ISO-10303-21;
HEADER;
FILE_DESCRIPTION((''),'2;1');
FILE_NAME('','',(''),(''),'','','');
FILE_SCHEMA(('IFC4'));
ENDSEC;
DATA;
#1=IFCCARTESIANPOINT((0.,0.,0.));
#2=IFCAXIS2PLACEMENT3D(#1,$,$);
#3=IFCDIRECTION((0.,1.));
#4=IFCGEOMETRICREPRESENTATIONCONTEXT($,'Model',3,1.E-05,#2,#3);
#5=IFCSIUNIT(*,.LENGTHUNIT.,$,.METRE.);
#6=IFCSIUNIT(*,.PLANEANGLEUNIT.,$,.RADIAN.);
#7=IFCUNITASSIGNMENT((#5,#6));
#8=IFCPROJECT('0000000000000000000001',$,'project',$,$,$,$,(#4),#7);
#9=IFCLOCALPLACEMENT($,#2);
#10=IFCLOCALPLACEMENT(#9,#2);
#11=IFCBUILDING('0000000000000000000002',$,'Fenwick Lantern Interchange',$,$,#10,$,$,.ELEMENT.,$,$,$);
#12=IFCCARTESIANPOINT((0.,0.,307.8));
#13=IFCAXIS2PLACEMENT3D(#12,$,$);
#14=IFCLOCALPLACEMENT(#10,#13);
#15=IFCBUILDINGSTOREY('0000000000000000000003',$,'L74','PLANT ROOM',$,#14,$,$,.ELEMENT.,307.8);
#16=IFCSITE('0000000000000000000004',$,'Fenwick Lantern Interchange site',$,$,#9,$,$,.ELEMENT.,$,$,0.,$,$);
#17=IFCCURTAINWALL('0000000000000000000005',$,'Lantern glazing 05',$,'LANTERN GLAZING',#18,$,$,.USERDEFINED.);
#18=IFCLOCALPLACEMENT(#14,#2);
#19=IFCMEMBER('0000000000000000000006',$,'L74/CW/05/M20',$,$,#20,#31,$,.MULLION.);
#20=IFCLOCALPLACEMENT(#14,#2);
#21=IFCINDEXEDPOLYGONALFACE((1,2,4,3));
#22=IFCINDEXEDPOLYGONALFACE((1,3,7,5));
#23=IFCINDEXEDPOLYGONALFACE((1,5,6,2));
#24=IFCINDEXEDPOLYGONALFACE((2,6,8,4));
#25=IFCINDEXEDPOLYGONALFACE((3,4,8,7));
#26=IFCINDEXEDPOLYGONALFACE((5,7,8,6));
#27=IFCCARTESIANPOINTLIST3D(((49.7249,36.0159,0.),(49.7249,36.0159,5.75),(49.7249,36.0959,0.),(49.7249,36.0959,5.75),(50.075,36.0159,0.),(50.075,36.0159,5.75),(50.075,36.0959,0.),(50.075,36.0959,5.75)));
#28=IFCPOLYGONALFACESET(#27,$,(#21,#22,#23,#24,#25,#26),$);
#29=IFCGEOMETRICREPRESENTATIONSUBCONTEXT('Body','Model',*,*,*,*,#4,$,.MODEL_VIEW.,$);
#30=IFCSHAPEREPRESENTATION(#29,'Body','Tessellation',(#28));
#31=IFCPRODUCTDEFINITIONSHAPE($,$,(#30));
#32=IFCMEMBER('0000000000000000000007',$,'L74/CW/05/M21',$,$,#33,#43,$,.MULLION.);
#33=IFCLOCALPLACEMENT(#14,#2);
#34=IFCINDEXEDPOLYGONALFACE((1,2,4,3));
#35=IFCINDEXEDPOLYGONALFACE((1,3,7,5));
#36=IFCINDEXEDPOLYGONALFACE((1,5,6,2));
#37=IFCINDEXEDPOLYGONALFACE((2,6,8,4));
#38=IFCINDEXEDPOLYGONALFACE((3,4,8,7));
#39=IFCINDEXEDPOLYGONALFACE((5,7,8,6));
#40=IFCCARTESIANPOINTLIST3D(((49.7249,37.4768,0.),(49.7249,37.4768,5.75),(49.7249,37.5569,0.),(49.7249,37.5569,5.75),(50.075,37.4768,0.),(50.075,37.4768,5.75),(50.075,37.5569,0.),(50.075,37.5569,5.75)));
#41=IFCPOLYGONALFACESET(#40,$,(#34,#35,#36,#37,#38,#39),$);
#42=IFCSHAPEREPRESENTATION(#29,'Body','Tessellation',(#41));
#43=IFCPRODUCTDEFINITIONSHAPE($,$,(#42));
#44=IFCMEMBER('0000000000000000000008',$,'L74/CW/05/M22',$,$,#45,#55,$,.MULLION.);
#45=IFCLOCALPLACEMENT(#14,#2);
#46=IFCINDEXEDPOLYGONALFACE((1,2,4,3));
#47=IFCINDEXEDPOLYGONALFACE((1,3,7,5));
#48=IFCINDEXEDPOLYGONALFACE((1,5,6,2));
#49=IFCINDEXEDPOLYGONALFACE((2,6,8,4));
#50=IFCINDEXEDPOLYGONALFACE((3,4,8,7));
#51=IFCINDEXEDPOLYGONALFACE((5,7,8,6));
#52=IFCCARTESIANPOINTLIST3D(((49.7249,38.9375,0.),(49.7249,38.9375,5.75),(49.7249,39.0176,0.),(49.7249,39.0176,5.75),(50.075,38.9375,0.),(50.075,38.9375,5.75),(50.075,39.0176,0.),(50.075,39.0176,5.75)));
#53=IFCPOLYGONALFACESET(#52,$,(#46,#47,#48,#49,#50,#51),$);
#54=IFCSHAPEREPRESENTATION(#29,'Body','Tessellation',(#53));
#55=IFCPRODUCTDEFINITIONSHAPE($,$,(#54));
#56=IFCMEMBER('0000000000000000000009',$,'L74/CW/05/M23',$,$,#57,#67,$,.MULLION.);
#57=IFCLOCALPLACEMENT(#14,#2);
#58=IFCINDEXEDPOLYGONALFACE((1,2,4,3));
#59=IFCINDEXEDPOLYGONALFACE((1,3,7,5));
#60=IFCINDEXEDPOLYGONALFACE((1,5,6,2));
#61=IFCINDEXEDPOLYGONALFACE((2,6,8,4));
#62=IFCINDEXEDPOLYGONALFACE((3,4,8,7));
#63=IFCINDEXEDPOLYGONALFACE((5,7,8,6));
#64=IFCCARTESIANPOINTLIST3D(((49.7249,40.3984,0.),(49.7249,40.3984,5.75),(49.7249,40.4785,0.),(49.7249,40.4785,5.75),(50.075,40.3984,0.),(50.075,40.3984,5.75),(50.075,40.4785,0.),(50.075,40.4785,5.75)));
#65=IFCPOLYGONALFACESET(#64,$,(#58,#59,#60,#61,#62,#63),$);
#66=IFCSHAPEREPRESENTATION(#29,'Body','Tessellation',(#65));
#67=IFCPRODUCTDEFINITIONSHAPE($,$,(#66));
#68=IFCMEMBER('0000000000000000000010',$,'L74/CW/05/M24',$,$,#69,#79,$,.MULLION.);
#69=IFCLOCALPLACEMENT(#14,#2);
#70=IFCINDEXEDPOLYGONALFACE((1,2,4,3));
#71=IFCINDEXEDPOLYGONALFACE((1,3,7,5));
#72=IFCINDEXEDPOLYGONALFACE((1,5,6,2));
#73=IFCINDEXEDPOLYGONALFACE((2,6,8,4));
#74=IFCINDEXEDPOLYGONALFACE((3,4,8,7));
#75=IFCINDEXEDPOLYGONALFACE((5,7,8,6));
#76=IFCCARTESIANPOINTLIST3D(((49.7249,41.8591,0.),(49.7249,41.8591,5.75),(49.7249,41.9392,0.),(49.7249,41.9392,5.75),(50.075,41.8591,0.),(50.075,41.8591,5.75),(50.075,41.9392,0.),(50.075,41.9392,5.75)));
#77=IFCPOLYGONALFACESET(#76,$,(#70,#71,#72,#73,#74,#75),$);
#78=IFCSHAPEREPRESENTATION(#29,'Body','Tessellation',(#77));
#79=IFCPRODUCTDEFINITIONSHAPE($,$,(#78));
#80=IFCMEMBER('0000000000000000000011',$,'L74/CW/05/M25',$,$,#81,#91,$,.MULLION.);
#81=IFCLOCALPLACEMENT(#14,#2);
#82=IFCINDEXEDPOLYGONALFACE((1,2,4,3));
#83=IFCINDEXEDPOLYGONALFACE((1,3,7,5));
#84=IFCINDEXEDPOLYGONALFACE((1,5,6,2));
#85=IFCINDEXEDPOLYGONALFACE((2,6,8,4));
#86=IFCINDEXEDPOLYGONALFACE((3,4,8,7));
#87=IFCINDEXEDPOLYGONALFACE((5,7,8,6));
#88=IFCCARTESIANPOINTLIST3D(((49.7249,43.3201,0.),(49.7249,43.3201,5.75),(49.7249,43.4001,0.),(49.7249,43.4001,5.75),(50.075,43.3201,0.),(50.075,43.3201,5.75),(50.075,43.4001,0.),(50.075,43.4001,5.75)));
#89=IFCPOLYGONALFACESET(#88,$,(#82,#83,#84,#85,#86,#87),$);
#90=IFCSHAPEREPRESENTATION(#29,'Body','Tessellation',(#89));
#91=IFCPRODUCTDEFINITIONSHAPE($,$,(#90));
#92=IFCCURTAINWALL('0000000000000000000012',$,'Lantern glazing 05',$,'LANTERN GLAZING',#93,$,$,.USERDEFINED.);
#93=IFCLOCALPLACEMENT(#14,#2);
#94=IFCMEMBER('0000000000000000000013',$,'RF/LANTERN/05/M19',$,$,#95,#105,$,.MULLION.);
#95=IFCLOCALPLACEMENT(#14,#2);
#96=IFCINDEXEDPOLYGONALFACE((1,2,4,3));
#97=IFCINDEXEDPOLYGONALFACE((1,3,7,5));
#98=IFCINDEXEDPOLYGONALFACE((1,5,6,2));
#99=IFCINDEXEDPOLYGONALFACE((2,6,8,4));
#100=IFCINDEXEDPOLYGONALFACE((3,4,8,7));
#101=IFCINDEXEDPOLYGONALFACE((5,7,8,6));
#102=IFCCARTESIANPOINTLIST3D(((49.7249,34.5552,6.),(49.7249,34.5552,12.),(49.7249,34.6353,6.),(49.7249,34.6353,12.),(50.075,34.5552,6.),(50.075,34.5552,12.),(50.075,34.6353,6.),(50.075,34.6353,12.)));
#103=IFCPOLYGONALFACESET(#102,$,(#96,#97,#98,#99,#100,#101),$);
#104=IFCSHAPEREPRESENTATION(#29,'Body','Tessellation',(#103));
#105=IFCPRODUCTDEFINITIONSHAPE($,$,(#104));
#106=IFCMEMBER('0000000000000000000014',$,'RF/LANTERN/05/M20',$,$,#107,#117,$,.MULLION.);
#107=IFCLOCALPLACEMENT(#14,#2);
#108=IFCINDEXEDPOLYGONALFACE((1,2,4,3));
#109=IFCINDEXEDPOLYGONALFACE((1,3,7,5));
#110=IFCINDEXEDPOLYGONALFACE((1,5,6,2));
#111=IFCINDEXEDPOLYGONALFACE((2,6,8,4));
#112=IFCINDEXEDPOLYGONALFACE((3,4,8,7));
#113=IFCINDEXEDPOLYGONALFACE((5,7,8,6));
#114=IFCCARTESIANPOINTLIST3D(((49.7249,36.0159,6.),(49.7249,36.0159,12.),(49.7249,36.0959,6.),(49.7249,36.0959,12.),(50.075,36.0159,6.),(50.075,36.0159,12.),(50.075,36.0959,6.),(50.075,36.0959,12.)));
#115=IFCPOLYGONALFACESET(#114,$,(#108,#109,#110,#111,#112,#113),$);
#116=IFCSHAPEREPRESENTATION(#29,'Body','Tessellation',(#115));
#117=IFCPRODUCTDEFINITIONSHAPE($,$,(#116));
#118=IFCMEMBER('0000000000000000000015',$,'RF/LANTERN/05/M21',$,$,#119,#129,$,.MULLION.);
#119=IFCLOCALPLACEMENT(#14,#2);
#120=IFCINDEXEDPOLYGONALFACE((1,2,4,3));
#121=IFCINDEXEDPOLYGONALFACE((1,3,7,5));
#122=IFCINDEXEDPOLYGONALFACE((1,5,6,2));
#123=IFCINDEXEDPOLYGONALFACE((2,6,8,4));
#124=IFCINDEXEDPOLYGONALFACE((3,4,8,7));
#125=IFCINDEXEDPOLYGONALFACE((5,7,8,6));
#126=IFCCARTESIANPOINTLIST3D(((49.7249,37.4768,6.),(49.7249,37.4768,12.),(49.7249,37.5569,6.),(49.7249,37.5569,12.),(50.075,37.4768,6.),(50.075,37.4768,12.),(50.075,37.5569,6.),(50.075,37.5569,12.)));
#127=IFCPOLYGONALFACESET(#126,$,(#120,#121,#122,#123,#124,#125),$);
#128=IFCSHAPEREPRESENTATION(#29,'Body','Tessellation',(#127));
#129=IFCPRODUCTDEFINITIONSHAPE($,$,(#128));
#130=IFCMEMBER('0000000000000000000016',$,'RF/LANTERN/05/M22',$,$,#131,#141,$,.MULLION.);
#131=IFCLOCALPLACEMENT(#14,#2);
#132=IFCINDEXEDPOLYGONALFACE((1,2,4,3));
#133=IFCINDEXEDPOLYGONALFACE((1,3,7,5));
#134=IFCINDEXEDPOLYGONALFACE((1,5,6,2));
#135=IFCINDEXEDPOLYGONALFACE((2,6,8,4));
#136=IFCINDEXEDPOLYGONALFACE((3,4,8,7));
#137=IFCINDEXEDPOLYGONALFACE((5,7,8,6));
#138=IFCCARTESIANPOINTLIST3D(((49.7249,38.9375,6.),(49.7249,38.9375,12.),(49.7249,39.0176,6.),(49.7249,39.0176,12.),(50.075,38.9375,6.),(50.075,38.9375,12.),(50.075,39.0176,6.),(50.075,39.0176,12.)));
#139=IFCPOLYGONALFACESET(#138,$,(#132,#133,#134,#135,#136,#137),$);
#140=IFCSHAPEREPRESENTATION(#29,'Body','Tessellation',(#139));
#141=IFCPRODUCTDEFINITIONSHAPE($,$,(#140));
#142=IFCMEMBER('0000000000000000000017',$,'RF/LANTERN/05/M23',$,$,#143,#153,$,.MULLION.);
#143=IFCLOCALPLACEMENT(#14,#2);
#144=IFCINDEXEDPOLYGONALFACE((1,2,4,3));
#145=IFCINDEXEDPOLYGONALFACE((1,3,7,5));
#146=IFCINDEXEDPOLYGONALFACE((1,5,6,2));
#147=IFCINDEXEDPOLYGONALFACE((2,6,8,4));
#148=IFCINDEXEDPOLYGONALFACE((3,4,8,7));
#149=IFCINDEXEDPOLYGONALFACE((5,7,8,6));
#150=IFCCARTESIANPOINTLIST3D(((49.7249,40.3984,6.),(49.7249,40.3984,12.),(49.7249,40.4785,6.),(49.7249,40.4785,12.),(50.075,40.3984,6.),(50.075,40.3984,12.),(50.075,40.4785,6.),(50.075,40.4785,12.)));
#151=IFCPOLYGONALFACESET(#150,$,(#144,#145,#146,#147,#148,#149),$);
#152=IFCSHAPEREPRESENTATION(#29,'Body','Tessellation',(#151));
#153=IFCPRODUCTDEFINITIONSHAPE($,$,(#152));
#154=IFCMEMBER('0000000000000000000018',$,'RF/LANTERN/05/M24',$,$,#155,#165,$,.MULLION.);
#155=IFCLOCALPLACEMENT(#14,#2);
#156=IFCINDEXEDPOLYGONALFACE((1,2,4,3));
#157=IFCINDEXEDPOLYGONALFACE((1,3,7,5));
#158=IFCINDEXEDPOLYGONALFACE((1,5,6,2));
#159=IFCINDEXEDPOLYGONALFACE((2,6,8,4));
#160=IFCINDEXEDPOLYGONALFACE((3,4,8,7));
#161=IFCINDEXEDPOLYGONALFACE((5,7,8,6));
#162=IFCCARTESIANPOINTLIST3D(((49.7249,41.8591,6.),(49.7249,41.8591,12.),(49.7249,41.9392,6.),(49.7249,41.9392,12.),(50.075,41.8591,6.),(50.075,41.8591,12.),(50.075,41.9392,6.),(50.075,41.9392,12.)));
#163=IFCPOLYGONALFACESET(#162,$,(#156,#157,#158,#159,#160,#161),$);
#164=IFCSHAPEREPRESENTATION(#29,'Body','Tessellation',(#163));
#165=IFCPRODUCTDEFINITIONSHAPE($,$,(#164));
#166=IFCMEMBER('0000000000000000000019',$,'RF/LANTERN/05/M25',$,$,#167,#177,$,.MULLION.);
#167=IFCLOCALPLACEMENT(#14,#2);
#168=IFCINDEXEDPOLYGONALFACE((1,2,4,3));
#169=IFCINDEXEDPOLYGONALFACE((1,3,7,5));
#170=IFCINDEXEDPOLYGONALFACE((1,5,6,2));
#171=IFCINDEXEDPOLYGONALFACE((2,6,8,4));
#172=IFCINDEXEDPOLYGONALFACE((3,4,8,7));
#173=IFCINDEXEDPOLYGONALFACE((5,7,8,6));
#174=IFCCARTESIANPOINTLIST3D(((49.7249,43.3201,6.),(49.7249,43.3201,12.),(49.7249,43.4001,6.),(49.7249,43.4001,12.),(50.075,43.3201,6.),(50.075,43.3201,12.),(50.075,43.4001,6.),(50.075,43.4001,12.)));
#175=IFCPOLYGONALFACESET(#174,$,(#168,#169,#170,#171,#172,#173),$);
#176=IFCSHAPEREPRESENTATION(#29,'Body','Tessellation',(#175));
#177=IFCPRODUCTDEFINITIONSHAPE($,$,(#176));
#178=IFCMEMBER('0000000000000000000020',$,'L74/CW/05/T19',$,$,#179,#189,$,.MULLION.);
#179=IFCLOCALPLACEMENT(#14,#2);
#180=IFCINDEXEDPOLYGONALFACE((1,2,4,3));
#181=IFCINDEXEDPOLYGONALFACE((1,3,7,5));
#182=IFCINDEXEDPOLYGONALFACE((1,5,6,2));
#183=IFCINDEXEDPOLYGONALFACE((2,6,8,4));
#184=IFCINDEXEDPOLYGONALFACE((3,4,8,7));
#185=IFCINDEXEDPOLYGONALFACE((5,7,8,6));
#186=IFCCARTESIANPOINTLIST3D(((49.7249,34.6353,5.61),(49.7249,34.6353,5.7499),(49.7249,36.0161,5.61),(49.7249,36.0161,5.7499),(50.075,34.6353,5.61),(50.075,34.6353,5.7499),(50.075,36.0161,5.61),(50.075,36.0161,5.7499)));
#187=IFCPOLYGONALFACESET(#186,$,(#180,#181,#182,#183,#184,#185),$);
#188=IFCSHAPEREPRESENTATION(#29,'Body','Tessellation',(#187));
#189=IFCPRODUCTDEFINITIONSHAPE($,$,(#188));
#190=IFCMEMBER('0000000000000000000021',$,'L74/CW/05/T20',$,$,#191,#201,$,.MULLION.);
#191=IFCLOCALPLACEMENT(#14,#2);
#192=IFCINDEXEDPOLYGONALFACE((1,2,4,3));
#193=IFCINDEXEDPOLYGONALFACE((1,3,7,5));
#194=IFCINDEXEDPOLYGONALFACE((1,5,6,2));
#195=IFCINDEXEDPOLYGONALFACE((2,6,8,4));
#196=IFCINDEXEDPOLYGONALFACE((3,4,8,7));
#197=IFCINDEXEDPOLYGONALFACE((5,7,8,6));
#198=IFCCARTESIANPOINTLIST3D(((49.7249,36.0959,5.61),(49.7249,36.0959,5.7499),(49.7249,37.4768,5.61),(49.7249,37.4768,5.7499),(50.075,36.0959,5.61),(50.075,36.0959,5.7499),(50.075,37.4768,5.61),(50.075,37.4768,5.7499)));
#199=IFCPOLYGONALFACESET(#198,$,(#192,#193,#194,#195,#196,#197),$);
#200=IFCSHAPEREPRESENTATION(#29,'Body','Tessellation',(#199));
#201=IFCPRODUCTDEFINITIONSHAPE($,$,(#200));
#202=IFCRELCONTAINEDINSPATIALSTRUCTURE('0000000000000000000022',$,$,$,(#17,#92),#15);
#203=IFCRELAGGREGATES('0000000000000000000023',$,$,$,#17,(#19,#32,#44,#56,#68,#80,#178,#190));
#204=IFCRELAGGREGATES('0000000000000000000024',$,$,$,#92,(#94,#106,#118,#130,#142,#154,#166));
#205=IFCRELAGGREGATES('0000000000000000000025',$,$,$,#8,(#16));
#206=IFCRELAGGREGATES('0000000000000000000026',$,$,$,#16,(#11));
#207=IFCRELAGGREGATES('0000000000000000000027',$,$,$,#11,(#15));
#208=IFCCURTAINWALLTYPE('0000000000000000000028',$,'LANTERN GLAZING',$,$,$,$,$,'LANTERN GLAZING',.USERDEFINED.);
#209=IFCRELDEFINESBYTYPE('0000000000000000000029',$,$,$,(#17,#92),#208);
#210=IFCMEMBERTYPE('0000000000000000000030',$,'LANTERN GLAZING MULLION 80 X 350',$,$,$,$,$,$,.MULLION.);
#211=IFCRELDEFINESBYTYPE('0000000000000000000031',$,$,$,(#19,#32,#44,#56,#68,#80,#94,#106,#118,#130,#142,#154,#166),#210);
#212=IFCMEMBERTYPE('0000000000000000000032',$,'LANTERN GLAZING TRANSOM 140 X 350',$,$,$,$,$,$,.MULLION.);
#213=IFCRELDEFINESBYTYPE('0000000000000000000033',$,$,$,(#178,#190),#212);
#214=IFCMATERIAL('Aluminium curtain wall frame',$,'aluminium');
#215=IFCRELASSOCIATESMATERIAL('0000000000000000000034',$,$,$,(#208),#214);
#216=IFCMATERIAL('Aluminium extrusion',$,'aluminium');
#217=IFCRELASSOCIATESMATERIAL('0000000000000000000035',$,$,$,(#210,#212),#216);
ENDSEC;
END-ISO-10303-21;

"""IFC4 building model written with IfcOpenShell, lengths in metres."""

from ifc_helpers import new_model, si_unit, direction, frame, origin, origin_2d, place, context, subcontext, project, spatial, rectangle, extrude, material, material_profile, profile_set, type_object, element, aggregate, save


model = new_model("IFC4")

# Units and contexts
model_context = context("Model", 3, precision=1e-05, world=origin(), true_north=direction((0.0, 1.0)))
body_context = subcontext(model_context, "Body", "Model", "MODEL_VIEW")
ifc_project = project(units=[si_unit("LENGTHUNIT", "METRE"), si_unit("PLANEANGLEUNIT", "RADIAN")], contexts=[model_context])

# Site, building, storey
site_placement = place(None, origin())
site = spatial("IfcSite", under=ifc_project, at=site_placement, Name="Fenwick Lantern Interchange site", CompositionType="ELEMENT", RefElevation=0.0)
building_placement = place(site_placement, origin())
building = spatial("IfcBuilding", under=site, at=building_placement, Name="Fenwick Lantern Interchange", CompositionType="ELEMENT")
storey_placement = place(building_placement, frame((0.0, 0.0, 307.8)))
storey = spatial("IfcBuildingStorey", under=building, at=storey_placement, Name="L74", Description="PLANT ROOM", CompositionType="ELEMENT", Elevation=307.8)

# Curtain walls, members
ifc_material_1 = material(Name="Aluminium curtain wall frame", Category="aluminium")
curtain_wall_type = type_object("IfcCurtainWallType", Name="LANTERN GLAZING", ElementType="LANTERN GLAZING", PredefinedType="USERDEFINED", material=ifc_material_1)
curtain_wall_1_placement = place(storey_placement, origin())
curtain_wall_1 = element("IfcCurtainWall", 1, at=curtain_wall_1_placement, inside=storey, type_object=curtain_wall_type, Name="Lantern glazing 05", ObjectType="LANTERN GLAZING", PredefinedType="USERDEFINED")
ifc_material_2 = material(Name="Aluminium extrusion", Category="aluminium")
ifc_material_profile_1 = material_profile(ifc_material_2, rectangle(XDim=0.3501, YDim=0.0801, at=origin_2d()), Name="LANTERN GLAZING MULLION 80 X 350")
ifc_profile_set_1 = profile_set([ifc_material_profile_1], Name="Aluminium extrusion")
member_type_1 = type_object("IfcMemberType", Name="LANTERN GLAZING MULLION 80 X 350", PredefinedType="MULLION", material=ifc_profile_set_1)
member_1_placement = place(storey_placement, frame((49.8999, 36.0559, 0.0), z_axis=(0.0, 0.0, 1.0), x_axis=(-1.0, 0.0, 0.0)))
member_1 = element("IfcMember", 2, at=member_1_placement, type_object=member_type_1, Name="L74/CW/05/M20", PredefinedType="MULLION", context=body_context, shape_type="SweptSolid", body=[
    extrude(rectangle(XDim=0.3501, YDim=0.0801, at=origin_2d()), origin(), (0.0, 0.0, 1.0), 5.75),
])
member_2_placement = place(storey_placement, frame((49.8999, 37.5168, 0.0), z_axis=(0.0, 0.0, 1.0), x_axis=(-1.0, 0.0, 0.0)))
member_2 = element("IfcMember", 3, at=member_2_placement, type_object=member_type_1, Name="L74/CW/05/M21", PredefinedType="MULLION", context=body_context, shape_type="SweptSolid", body=[
    extrude(rectangle(XDim=0.3501, YDim=0.0801, at=origin_2d()), origin(), (0.0, 0.0, 1.0), 5.75),
])
member_3_placement = place(storey_placement, frame((49.8999, 38.9775, 0.0), z_axis=(0.0, 0.0, 1.0), x_axis=(-1.0, 0.0, 0.0)))
member_3 = element("IfcMember", 4, at=member_3_placement, type_object=member_type_1, Name="L74/CW/05/M22", PredefinedType="MULLION", context=body_context, shape_type="SweptSolid", body=[
    extrude(rectangle(XDim=0.3501, YDim=0.0801, at=origin_2d()), origin(), (0.0, 0.0, 1.0), 5.75),
])
member_4_placement = place(storey_placement, frame((49.8999, 40.4385, 0.0), z_axis=(0.0, 0.0, 1.0), x_axis=(-1.0, 0.0, 0.0)))
member_4 = element("IfcMember", 5, at=member_4_placement, type_object=member_type_1, Name="L74/CW/05/M23", PredefinedType="MULLION", context=body_context, shape_type="SweptSolid", body=[
    extrude(rectangle(XDim=0.3501, YDim=0.0801, at=origin_2d()), origin(), (0.0, 0.0, 1.0), 5.75),
])
member_5_placement = place(storey_placement, frame((49.8999, 41.8992, 0.0), z_axis=(0.0, 0.0, 1.0), x_axis=(-1.0, 0.0, 0.0)))
member_5 = element("IfcMember", 6, at=member_5_placement, type_object=member_type_1, Name="L74/CW/05/M24", PredefinedType="MULLION", context=body_context, shape_type="SweptSolid", body=[
    extrude(rectangle(XDim=0.3501, YDim=0.0801, at=origin_2d()), origin(), (0.0, 0.0, 1.0), 5.75),
])
member_6_placement = place(storey_placement, frame((49.8999, 43.3601, 0.0), z_axis=(0.0, 0.0, 1.0), x_axis=(-1.0, 0.0, 0.0)))
member_6 = element("IfcMember", 7, at=member_6_placement, type_object=member_type_1, Name="L74/CW/05/M25", PredefinedType="MULLION", context=body_context, shape_type="SweptSolid", body=[
    extrude(rectangle(XDim=0.3501, YDim=0.0801, at=origin_2d()), origin(), (0.0, 0.0, 1.0), 5.75),
])
curtain_wall_2_placement = place(storey_placement, origin())
curtain_wall_2 = element("IfcCurtainWall", 8, at=curtain_wall_2_placement, inside=storey, type_object=curtain_wall_type, Name="Lantern glazing 05", ObjectType="LANTERN GLAZING", PredefinedType="USERDEFINED")
member_7_placement = place(storey_placement, frame((49.8999, 34.5952, 6.0), z_axis=(0.0, 0.0, 1.0), x_axis=(-1.0, 0.0, 0.0)))
member_7 = element("IfcMember", 9, at=member_7_placement, type_object=member_type_1, Name="RF/LANTERN/05/M19", PredefinedType="MULLION", context=body_context, shape_type="SweptSolid", body=[
    extrude(rectangle(XDim=0.3501, YDim=0.0801, at=origin_2d()), origin(), (0.0, 0.0, 1.0), 6.0),
])
member_8_placement = place(storey_placement, frame((49.8999, 36.0559, 6.0), z_axis=(0.0, 0.0, 1.0), x_axis=(-1.0, 0.0, 0.0)))
member_8 = element("IfcMember", 10, at=member_8_placement, type_object=member_type_1, Name="RF/LANTERN/05/M20", PredefinedType="MULLION", context=body_context, shape_type="SweptSolid", body=[
    extrude(rectangle(XDim=0.3501, YDim=0.0801, at=origin_2d()), origin(), (0.0, 0.0, 1.0), 6.0),
])
member_9_placement = place(storey_placement, frame((49.8999, 37.5168, 6.0), z_axis=(0.0, 0.0, 1.0), x_axis=(-1.0, 0.0, 0.0)))
member_9 = element("IfcMember", 11, at=member_9_placement, type_object=member_type_1, Name="RF/LANTERN/05/M21", PredefinedType="MULLION", context=body_context, shape_type="SweptSolid", body=[
    extrude(rectangle(XDim=0.3501, YDim=0.0801, at=origin_2d()), origin(), (0.0, 0.0, 1.0), 6.0),
])
member_10_placement = place(storey_placement, frame((49.8999, 38.9775, 6.0), z_axis=(0.0, 0.0, 1.0), x_axis=(-1.0, 0.0, 0.0)))
member_10 = element("IfcMember", 12, at=member_10_placement, type_object=member_type_1, Name="RF/LANTERN/05/M22", PredefinedType="MULLION", context=body_context, shape_type="SweptSolid", body=[
    extrude(rectangle(XDim=0.3501, YDim=0.0801, at=origin_2d()), origin(), (0.0, 0.0, 1.0), 6.0),
])
member_11_placement = place(storey_placement, frame((49.8999, 40.4385, 6.0), z_axis=(0.0, 0.0, 1.0), x_axis=(-1.0, 0.0, 0.0)))
member_11 = element("IfcMember", 13, at=member_11_placement, type_object=member_type_1, Name="RF/LANTERN/05/M23", PredefinedType="MULLION", context=body_context, shape_type="SweptSolid", body=[
    extrude(rectangle(XDim=0.3501, YDim=0.0801, at=origin_2d()), origin(), (0.0, 0.0, 1.0), 6.0),
])
member_12_placement = place(storey_placement, frame((49.8999, 41.8992, 6.0), z_axis=(0.0, 0.0, 1.0), x_axis=(-1.0, 0.0, 0.0)))
member_12 = element("IfcMember", 14, at=member_12_placement, type_object=member_type_1, Name="RF/LANTERN/05/M24", PredefinedType="MULLION", context=body_context, shape_type="SweptSolid", body=[
    extrude(rectangle(XDim=0.3501, YDim=0.0801, at=origin_2d()), origin(), (0.0, 0.0, 1.0), 6.0),
])
member_13_placement = place(storey_placement, frame((49.8999, 43.3601, 6.0), z_axis=(0.0, 0.0, 1.0), x_axis=(-1.0, 0.0, 0.0)))
member_13 = element("IfcMember", 15, at=member_13_placement, type_object=member_type_1, Name="RF/LANTERN/05/M25", PredefinedType="MULLION", context=body_context, shape_type="SweptSolid", body=[
    extrude(rectangle(XDim=0.3501, YDim=0.0801, at=origin_2d()), origin(), (0.0, 0.0, 1.0), 6.0),
])

# Members
ifc_material_profile_2 = material_profile(ifc_material_2, rectangle(XDim=0.3501, YDim=0.1399, at=origin_2d()), Name="LANTERN GLAZING TRANSOM 140 X 350")
ifc_profile_set_2 = profile_set([ifc_material_profile_2], Name="Aluminium extrusion")
member_type_2 = type_object("IfcMemberType", Name="LANTERN GLAZING TRANSOM 140 X 350", PredefinedType="MULLION", material=ifc_profile_set_2)
member_14_placement = place(storey_placement, frame((49.8999, 34.6353, 5.6799), z_axis=(0.0, 1.0, 0.0), x_axis=(-1.0, 0.0, 0.0)))
member_14 = element("IfcMember", 16, at=member_14_placement, type_object=member_type_2, Name="L74/CW/05/T19", PredefinedType="MULLION", context=body_context, shape_type="SweptSolid", body=[
    extrude(rectangle(XDim=0.3501, YDim=0.1399, at=origin_2d()), origin(), (0.0, 0.0, 1.0), 1.3809),
])
member_15_placement = place(storey_placement, frame((49.8999, 36.0959, 5.6799), z_axis=(0.0, 1.0, 0.0), x_axis=(-1.0, 0.0, 0.0)))
member_15 = element("IfcMember", 17, at=member_15_placement, type_object=member_type_2, Name="L74/CW/05/T20", PredefinedType="MULLION", context=body_context, shape_type="SweptSolid", body=[
    extrude(rectangle(XDim=0.3501, YDim=0.1399, at=origin_2d()), origin(), (0.0, 0.0, 1.0), 1.3809),
])

aggregate(curtain_wall_1, [member_1, member_2, member_3, member_4, member_5, member_6, member_14, member_15])
aggregate(curtain_wall_2, [member_7, member_8, member_9, member_10, member_11, member_12, member_13])

save(model, "model.ifc")
